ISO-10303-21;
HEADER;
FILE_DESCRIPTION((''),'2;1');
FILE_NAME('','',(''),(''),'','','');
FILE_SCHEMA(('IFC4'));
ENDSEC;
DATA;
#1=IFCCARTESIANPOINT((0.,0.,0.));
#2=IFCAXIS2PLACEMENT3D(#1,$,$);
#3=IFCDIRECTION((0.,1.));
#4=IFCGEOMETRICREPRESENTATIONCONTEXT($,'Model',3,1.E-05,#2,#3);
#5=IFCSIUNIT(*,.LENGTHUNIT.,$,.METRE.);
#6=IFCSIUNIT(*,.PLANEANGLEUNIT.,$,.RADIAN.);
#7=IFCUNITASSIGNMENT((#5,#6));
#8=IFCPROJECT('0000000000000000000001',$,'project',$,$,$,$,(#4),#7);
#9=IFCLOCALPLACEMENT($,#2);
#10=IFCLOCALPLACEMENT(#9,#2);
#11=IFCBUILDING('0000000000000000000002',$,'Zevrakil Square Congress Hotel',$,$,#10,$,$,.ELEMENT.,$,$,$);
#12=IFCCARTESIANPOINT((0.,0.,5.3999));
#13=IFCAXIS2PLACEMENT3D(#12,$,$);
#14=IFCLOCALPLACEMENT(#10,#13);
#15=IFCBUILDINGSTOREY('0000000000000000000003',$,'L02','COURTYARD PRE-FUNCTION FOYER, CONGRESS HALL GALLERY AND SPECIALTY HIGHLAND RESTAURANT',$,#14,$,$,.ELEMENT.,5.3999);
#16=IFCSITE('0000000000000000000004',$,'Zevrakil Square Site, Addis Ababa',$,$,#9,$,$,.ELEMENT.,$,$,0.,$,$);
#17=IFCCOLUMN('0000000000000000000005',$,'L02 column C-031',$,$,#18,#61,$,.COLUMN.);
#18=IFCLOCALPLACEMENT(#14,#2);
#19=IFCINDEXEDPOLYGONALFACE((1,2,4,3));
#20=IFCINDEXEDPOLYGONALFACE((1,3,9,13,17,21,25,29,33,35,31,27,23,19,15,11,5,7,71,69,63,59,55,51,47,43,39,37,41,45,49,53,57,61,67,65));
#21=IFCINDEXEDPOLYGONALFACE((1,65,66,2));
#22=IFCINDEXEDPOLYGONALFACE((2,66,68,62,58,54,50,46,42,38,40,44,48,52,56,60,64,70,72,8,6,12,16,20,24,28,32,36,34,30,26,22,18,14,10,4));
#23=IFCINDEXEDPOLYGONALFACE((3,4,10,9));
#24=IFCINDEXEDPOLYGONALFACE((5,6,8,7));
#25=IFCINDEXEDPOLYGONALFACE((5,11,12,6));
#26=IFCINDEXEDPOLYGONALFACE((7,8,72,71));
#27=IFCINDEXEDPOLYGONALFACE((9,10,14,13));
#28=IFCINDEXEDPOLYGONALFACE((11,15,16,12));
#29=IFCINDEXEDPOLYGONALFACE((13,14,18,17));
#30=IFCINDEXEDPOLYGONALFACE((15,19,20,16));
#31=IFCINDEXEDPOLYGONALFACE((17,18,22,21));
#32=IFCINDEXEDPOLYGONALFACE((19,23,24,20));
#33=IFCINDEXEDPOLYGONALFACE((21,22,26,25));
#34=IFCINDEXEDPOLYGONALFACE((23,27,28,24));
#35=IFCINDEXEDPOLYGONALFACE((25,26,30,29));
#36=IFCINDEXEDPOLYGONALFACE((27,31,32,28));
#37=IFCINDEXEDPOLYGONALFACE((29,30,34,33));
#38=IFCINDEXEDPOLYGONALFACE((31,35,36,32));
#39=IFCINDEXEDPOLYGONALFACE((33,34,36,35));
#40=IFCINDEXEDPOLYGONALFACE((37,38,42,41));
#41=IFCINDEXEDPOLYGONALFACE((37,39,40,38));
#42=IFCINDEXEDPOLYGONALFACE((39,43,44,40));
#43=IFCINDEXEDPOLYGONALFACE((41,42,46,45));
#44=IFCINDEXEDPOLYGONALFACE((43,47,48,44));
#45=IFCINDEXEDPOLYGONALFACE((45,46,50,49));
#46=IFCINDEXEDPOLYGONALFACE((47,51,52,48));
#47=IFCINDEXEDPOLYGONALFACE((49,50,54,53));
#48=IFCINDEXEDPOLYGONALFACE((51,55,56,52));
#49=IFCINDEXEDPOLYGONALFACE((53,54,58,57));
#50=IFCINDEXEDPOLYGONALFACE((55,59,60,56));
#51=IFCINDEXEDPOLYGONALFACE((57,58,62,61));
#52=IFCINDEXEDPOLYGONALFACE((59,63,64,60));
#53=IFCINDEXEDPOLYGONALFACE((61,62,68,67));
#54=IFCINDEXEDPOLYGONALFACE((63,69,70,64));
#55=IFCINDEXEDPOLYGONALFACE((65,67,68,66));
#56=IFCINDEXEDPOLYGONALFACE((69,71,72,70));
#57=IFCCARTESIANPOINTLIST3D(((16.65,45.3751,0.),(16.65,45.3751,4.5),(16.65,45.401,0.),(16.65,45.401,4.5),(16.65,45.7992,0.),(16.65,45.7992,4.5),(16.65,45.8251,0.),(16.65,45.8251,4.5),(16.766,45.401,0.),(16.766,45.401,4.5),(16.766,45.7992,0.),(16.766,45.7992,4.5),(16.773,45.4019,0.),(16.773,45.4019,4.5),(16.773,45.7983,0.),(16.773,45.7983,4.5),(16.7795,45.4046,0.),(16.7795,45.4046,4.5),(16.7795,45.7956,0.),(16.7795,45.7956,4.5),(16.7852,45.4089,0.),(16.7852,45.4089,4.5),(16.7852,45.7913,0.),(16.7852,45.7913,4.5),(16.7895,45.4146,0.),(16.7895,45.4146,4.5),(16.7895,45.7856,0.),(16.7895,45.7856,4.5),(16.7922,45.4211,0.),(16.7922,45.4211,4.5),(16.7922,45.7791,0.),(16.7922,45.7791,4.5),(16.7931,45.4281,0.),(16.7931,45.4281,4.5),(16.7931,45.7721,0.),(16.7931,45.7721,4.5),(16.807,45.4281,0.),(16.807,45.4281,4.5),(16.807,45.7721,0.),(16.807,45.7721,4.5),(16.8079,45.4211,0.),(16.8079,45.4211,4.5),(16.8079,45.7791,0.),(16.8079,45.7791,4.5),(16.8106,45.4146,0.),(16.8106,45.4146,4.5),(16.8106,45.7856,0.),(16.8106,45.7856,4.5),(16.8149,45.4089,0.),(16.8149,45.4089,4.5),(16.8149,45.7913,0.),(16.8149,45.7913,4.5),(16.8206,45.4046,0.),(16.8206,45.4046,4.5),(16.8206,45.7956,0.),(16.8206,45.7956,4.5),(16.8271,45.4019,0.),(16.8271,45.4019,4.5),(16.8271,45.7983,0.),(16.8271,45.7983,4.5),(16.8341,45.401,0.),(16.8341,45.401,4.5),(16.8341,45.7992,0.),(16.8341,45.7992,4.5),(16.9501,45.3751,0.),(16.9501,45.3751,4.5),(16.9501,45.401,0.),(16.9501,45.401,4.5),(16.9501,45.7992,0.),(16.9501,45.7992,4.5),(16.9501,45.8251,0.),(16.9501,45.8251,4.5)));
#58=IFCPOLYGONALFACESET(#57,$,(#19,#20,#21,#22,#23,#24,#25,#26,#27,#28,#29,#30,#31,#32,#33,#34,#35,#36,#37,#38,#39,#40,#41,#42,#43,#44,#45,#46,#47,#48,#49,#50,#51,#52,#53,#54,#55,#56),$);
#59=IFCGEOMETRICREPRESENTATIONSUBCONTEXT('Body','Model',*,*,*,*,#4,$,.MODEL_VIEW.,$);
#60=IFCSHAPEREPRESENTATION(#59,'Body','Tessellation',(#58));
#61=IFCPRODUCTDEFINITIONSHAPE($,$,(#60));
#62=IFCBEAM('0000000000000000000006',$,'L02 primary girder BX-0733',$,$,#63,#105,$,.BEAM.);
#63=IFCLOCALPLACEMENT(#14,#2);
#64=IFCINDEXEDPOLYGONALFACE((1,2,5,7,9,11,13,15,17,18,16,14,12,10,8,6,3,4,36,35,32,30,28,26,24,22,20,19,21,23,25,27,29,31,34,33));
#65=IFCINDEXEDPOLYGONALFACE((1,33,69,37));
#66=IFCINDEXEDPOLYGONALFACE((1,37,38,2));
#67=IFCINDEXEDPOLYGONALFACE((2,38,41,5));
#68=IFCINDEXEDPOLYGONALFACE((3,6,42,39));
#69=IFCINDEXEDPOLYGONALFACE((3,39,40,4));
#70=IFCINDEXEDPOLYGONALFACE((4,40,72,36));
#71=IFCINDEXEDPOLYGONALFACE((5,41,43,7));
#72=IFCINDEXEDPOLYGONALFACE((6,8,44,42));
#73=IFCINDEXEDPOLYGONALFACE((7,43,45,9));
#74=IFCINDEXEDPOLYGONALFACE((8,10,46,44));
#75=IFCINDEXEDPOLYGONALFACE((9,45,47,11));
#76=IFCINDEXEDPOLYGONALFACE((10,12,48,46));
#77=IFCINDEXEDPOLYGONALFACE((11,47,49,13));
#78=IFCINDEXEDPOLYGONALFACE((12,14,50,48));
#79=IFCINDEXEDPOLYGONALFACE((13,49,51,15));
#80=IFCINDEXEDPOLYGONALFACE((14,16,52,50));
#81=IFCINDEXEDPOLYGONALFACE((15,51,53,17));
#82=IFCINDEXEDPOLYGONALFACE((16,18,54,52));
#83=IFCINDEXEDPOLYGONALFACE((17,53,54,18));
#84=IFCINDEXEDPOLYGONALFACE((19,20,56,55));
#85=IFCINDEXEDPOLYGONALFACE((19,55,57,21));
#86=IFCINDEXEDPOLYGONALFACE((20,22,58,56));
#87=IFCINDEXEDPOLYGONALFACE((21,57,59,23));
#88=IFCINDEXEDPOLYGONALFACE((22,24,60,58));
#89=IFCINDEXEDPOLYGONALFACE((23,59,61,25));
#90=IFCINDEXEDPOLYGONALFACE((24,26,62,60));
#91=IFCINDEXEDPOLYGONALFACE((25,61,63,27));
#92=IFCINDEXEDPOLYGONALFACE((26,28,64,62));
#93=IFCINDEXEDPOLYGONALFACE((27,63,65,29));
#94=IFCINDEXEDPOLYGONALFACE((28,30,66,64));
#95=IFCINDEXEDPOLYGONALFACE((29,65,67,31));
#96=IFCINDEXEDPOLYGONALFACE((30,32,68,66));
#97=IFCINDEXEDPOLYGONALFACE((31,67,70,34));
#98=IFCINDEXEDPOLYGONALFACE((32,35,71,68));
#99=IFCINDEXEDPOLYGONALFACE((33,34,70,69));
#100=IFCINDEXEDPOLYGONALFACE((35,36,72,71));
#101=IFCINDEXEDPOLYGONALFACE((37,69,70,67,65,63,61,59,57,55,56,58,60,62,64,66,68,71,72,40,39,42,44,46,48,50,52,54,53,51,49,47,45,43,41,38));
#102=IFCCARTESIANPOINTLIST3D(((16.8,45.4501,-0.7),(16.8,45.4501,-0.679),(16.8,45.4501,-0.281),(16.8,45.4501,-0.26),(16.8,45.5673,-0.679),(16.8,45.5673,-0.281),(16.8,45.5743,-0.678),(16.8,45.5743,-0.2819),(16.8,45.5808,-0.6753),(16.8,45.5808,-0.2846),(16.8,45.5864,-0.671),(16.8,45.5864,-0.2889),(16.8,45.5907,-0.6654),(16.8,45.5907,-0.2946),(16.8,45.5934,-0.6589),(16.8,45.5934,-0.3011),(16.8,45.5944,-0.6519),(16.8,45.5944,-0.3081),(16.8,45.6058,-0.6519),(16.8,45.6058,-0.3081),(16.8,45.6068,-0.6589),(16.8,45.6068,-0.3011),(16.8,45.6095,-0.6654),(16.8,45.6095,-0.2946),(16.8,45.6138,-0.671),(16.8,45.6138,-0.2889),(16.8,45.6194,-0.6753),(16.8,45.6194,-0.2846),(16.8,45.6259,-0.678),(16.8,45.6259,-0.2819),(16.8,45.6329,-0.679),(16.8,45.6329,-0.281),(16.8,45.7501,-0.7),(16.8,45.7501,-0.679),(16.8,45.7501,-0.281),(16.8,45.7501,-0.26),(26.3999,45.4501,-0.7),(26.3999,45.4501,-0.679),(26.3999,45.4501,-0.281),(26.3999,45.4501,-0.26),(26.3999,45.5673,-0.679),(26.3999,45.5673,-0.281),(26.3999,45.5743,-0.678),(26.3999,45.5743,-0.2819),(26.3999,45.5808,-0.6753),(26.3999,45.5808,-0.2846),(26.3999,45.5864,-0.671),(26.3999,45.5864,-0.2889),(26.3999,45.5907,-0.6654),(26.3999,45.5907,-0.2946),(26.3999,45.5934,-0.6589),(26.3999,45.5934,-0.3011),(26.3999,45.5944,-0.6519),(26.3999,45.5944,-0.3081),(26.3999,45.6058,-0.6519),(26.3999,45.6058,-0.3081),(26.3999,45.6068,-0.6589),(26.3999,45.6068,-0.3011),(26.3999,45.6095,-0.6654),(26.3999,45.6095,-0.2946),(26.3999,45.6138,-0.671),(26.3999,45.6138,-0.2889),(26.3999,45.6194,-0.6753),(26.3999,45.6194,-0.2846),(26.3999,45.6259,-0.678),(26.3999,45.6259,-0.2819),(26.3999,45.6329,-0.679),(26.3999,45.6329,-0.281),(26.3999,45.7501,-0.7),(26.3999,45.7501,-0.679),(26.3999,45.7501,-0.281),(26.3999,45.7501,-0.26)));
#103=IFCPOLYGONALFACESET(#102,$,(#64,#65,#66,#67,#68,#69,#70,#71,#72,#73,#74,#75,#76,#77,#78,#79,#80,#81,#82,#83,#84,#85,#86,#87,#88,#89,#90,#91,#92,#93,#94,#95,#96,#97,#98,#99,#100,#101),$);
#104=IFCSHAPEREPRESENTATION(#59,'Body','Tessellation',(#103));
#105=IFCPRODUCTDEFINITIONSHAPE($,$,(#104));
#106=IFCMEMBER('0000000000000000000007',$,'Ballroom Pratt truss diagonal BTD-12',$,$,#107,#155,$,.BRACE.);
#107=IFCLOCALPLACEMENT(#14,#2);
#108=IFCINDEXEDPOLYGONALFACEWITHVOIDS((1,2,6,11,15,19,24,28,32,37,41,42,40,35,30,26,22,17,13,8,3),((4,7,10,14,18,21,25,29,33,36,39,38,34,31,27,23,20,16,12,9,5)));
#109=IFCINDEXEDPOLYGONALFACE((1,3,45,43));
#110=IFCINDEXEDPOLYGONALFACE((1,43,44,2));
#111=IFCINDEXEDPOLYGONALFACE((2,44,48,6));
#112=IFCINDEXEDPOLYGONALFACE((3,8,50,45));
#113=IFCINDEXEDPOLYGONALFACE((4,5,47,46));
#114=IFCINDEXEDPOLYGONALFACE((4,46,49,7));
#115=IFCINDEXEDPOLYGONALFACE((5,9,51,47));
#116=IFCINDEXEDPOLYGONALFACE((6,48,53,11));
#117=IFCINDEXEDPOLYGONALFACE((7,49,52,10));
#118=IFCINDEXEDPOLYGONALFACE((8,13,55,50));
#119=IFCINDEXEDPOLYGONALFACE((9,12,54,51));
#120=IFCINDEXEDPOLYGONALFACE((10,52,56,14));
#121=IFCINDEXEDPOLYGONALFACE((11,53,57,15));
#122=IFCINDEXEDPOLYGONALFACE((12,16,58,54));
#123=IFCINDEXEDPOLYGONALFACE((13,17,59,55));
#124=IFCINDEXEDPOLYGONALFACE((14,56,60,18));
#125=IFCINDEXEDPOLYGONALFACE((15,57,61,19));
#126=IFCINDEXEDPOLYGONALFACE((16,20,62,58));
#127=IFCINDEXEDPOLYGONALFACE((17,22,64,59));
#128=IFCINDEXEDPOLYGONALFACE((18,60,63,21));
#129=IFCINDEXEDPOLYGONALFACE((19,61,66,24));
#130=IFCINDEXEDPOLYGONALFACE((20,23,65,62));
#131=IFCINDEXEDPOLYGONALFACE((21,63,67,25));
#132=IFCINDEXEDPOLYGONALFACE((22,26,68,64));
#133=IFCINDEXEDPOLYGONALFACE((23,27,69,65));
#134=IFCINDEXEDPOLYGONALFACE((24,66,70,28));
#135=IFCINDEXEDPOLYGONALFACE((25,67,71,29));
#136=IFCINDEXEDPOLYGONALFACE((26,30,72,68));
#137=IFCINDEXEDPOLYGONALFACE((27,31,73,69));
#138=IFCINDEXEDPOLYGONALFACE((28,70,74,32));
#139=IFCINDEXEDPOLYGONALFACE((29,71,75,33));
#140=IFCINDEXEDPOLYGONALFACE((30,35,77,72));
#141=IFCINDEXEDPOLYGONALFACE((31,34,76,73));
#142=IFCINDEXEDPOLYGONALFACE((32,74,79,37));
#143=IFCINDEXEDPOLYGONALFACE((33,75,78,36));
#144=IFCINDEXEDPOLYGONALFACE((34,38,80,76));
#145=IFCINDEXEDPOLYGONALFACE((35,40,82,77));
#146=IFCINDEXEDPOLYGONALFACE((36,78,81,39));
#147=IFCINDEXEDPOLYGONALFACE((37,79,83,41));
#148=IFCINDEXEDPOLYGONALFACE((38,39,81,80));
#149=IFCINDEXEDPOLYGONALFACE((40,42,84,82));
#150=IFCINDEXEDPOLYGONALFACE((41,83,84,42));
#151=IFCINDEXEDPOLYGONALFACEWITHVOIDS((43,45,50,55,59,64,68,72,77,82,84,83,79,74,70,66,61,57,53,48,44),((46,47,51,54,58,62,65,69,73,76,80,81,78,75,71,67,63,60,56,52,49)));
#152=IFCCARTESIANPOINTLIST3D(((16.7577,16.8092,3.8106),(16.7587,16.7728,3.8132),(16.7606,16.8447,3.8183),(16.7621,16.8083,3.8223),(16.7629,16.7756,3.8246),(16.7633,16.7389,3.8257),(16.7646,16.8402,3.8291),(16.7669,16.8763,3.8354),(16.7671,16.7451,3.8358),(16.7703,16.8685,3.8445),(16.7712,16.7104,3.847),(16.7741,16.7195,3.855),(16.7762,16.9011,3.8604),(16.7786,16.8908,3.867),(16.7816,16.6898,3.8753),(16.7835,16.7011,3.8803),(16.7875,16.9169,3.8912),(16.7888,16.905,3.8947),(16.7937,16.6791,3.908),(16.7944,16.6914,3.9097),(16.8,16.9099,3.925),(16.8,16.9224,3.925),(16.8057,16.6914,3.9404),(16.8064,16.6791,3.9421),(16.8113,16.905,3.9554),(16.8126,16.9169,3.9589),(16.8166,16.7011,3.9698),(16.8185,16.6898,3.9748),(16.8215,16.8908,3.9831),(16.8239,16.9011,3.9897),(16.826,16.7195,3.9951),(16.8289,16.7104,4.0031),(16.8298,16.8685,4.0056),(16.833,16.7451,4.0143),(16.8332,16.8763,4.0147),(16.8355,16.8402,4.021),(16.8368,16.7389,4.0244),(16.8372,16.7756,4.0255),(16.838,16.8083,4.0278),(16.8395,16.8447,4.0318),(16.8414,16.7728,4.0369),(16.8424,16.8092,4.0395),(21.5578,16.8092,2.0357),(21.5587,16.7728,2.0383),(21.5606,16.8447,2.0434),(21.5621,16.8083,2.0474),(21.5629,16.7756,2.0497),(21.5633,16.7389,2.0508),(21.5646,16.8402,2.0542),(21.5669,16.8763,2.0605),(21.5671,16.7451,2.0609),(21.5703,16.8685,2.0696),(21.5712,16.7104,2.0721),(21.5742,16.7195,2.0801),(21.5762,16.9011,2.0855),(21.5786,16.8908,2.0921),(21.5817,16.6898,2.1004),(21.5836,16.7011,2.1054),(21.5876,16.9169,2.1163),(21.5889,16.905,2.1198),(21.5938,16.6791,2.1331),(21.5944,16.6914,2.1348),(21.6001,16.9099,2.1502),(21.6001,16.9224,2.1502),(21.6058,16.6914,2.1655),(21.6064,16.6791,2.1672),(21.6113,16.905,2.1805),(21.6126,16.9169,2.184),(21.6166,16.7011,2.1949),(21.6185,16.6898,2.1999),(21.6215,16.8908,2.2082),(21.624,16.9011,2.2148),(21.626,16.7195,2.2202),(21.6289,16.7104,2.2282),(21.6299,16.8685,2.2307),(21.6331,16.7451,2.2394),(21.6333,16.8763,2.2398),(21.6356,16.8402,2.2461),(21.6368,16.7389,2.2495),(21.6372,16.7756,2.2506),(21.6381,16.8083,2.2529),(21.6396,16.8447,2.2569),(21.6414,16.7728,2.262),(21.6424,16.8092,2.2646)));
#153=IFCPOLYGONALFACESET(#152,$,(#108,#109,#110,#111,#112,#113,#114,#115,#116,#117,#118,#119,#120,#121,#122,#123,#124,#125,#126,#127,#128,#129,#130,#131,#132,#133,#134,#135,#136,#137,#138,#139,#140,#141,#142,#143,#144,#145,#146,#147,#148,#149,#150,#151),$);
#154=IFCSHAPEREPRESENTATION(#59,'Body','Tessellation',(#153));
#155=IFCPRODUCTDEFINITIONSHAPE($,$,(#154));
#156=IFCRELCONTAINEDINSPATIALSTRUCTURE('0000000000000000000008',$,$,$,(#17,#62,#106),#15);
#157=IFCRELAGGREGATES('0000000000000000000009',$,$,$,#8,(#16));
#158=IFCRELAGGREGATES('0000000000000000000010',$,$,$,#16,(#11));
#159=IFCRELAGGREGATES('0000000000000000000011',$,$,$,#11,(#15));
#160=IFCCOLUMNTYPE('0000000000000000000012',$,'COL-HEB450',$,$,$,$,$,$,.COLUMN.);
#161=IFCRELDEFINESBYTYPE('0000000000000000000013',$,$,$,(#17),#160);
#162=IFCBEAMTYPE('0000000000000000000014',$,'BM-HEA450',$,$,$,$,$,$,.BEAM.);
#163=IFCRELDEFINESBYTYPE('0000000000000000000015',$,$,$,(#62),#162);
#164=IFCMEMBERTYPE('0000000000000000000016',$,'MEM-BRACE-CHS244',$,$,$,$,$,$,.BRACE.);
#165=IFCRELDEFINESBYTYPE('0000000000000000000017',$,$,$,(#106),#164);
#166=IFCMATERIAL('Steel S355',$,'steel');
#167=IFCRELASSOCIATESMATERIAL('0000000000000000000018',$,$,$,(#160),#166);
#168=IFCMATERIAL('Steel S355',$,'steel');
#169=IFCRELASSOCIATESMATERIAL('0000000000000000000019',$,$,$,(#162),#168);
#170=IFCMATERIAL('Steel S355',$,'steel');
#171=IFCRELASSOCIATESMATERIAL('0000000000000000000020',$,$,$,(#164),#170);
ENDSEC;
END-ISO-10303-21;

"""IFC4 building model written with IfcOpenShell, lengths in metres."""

from ifc_helpers import new_model, si_unit, direction, frame, origin, origin_2d, place, context, subcontext, project, spatial, hollow_circle, i_section, extrude, material, material_profile, profile_set, type_object, element, save


model = new_model("IFC4")

# Units and contexts
model_context = context("Model", 3, precision=1e-05, world=origin(), true_north=direction((0.0, 1.0)))
body_context = subcontext(model_context, "Body", "Model", "MODEL_VIEW")
ifc_project = project(units=[si_unit("LENGTHUNIT", "METRE"), si_unit("PLANEANGLEUNIT", "RADIAN")], contexts=[model_context])

# Site, building, storey
site_placement = place(None, origin())
site = spatial("IfcSite", under=ifc_project, at=site_placement, Name="Zevrakil Square Site, Addis Ababa", CompositionType="ELEMENT", RefElevation=0.0)
building_placement = place(site_placement, origin())
building = spatial("IfcBuilding", under=site, at=building_placement, Name="Zevrakil Square Congress Hotel", CompositionType="ELEMENT")
storey_placement = place(building_placement, frame((0.0, 0.0, 5.3999)))
storey = spatial("IfcBuildingStorey", under=building, at=storey_placement, Name="L02", Description="COURTYARD PRE-FUNCTION FOYER, CONGRESS HALL GALLERY AND SPECIALTY HIGHLAND RESTAURANT", CompositionType="ELEMENT", Elevation=5.3999)

# Column
ifc_material_1 = material(Name="Steel S355", Category="steel")
ifc_material_profile_1 = material_profile(ifc_material_1, i_section(OverallWidth=0.3, OverallDepth=0.45, WebThickness=0.0139, FlangeThickness=0.0259, FilletRadius=0.0271, at=origin_2d()), Name="HEB 450")
ifc_profile_set_1 = profile_set([ifc_material_profile_1], Name="Steel S355")
column_type = type_object("IfcColumnType", Name="COL-HEB450", PredefinedType="COLUMN", material=ifc_profile_set_1)
column_placement = place(storey_placement, frame((16.8, 45.6001, 0.0), z_axis=(0.0, 0.0, 1.0), x_axis=(1.0, 0.0, 0.0)))
element("IfcColumn", 1, at=column_placement, inside=storey, type_object=column_type, Name="L02 column C-031", PredefinedType="COLUMN", context=body_context, shape_type="SweptSolid", body=[
    extrude(i_section(OverallWidth=0.3, OverallDepth=0.45, WebThickness=0.0139, FlangeThickness=0.0259, FilletRadius=0.0271, at=origin_2d()), origin(), (0.0, 0.0, 1.0), 4.5),
])

# Beam
ifc_material_2 = material(Name="Steel S355", Category="steel")
ifc_material_profile_2 = material_profile(ifc_material_2, i_section(OverallWidth=0.3, OverallDepth=0.4399, WebThickness=0.0115, FlangeThickness=0.021, FilletRadius=0.0271, at=origin_2d()), Name="HEA 450")
ifc_profile_set_2 = profile_set([ifc_material_profile_2], Name="Steel S355")
beam_type = type_object("IfcBeamType", Name="BM-HEA450", PredefinedType="BEAM", material=ifc_profile_set_2)
beam_placement = place(storey_placement, frame((16.8, 45.6001, -0.48), z_axis=(1.0, 0.0, 0.0), x_axis=(0.0, 1.0, 0.0)))
element("IfcBeam", 2, at=beam_placement, inside=storey, type_object=beam_type, Name="L02 primary girder BX-0733", PredefinedType="BEAM", context=body_context, shape_type="SweptSolid", body=[
    extrude(i_section(OverallWidth=0.3, OverallDepth=0.4399, WebThickness=0.0115, FlangeThickness=0.021, FilletRadius=0.0271, at=origin_2d()), origin(), (0.0, 0.0, 1.0), 9.5999),
])

# Member
ifc_material_3 = material(Name="Steel S355", Category="steel")
ifc_material_profile_3 = material_profile(ifc_material_3, hollow_circle(Radius=0.1223, WallThickness=0.0125, at=origin_2d()), Name="CHS 244.5x12.5")
ifc_profile_set_3 = profile_set([ifc_material_profile_3], Name="Steel S355")
member_type_1 = type_object("IfcMemberType", Name="MEM-BRACE-CHS244", PredefinedType="BRACE", material=ifc_profile_set_3)
member_1_placement = place(storey_placement, frame((16.8, 16.8, 3.925), z_axis=(0.937933, 0.0, -0.346817), x_axis=(0.0, 1.0, 0.0)))
element("IfcMember", 3, at=member_1_placement, inside=storey, type_object=member_type_1, Name="Ballroom Pratt truss diagonal BTD-12", PredefinedType="BRACE", context=body_context, shape_type="SweptSolid", body=[
    extrude(hollow_circle(Radius=0.1223, WallThickness=0.0125, at=origin_2d()), origin(), (0.0, 0.0, 1.0), 5.1177),
])

save(model, "model.ifc")
